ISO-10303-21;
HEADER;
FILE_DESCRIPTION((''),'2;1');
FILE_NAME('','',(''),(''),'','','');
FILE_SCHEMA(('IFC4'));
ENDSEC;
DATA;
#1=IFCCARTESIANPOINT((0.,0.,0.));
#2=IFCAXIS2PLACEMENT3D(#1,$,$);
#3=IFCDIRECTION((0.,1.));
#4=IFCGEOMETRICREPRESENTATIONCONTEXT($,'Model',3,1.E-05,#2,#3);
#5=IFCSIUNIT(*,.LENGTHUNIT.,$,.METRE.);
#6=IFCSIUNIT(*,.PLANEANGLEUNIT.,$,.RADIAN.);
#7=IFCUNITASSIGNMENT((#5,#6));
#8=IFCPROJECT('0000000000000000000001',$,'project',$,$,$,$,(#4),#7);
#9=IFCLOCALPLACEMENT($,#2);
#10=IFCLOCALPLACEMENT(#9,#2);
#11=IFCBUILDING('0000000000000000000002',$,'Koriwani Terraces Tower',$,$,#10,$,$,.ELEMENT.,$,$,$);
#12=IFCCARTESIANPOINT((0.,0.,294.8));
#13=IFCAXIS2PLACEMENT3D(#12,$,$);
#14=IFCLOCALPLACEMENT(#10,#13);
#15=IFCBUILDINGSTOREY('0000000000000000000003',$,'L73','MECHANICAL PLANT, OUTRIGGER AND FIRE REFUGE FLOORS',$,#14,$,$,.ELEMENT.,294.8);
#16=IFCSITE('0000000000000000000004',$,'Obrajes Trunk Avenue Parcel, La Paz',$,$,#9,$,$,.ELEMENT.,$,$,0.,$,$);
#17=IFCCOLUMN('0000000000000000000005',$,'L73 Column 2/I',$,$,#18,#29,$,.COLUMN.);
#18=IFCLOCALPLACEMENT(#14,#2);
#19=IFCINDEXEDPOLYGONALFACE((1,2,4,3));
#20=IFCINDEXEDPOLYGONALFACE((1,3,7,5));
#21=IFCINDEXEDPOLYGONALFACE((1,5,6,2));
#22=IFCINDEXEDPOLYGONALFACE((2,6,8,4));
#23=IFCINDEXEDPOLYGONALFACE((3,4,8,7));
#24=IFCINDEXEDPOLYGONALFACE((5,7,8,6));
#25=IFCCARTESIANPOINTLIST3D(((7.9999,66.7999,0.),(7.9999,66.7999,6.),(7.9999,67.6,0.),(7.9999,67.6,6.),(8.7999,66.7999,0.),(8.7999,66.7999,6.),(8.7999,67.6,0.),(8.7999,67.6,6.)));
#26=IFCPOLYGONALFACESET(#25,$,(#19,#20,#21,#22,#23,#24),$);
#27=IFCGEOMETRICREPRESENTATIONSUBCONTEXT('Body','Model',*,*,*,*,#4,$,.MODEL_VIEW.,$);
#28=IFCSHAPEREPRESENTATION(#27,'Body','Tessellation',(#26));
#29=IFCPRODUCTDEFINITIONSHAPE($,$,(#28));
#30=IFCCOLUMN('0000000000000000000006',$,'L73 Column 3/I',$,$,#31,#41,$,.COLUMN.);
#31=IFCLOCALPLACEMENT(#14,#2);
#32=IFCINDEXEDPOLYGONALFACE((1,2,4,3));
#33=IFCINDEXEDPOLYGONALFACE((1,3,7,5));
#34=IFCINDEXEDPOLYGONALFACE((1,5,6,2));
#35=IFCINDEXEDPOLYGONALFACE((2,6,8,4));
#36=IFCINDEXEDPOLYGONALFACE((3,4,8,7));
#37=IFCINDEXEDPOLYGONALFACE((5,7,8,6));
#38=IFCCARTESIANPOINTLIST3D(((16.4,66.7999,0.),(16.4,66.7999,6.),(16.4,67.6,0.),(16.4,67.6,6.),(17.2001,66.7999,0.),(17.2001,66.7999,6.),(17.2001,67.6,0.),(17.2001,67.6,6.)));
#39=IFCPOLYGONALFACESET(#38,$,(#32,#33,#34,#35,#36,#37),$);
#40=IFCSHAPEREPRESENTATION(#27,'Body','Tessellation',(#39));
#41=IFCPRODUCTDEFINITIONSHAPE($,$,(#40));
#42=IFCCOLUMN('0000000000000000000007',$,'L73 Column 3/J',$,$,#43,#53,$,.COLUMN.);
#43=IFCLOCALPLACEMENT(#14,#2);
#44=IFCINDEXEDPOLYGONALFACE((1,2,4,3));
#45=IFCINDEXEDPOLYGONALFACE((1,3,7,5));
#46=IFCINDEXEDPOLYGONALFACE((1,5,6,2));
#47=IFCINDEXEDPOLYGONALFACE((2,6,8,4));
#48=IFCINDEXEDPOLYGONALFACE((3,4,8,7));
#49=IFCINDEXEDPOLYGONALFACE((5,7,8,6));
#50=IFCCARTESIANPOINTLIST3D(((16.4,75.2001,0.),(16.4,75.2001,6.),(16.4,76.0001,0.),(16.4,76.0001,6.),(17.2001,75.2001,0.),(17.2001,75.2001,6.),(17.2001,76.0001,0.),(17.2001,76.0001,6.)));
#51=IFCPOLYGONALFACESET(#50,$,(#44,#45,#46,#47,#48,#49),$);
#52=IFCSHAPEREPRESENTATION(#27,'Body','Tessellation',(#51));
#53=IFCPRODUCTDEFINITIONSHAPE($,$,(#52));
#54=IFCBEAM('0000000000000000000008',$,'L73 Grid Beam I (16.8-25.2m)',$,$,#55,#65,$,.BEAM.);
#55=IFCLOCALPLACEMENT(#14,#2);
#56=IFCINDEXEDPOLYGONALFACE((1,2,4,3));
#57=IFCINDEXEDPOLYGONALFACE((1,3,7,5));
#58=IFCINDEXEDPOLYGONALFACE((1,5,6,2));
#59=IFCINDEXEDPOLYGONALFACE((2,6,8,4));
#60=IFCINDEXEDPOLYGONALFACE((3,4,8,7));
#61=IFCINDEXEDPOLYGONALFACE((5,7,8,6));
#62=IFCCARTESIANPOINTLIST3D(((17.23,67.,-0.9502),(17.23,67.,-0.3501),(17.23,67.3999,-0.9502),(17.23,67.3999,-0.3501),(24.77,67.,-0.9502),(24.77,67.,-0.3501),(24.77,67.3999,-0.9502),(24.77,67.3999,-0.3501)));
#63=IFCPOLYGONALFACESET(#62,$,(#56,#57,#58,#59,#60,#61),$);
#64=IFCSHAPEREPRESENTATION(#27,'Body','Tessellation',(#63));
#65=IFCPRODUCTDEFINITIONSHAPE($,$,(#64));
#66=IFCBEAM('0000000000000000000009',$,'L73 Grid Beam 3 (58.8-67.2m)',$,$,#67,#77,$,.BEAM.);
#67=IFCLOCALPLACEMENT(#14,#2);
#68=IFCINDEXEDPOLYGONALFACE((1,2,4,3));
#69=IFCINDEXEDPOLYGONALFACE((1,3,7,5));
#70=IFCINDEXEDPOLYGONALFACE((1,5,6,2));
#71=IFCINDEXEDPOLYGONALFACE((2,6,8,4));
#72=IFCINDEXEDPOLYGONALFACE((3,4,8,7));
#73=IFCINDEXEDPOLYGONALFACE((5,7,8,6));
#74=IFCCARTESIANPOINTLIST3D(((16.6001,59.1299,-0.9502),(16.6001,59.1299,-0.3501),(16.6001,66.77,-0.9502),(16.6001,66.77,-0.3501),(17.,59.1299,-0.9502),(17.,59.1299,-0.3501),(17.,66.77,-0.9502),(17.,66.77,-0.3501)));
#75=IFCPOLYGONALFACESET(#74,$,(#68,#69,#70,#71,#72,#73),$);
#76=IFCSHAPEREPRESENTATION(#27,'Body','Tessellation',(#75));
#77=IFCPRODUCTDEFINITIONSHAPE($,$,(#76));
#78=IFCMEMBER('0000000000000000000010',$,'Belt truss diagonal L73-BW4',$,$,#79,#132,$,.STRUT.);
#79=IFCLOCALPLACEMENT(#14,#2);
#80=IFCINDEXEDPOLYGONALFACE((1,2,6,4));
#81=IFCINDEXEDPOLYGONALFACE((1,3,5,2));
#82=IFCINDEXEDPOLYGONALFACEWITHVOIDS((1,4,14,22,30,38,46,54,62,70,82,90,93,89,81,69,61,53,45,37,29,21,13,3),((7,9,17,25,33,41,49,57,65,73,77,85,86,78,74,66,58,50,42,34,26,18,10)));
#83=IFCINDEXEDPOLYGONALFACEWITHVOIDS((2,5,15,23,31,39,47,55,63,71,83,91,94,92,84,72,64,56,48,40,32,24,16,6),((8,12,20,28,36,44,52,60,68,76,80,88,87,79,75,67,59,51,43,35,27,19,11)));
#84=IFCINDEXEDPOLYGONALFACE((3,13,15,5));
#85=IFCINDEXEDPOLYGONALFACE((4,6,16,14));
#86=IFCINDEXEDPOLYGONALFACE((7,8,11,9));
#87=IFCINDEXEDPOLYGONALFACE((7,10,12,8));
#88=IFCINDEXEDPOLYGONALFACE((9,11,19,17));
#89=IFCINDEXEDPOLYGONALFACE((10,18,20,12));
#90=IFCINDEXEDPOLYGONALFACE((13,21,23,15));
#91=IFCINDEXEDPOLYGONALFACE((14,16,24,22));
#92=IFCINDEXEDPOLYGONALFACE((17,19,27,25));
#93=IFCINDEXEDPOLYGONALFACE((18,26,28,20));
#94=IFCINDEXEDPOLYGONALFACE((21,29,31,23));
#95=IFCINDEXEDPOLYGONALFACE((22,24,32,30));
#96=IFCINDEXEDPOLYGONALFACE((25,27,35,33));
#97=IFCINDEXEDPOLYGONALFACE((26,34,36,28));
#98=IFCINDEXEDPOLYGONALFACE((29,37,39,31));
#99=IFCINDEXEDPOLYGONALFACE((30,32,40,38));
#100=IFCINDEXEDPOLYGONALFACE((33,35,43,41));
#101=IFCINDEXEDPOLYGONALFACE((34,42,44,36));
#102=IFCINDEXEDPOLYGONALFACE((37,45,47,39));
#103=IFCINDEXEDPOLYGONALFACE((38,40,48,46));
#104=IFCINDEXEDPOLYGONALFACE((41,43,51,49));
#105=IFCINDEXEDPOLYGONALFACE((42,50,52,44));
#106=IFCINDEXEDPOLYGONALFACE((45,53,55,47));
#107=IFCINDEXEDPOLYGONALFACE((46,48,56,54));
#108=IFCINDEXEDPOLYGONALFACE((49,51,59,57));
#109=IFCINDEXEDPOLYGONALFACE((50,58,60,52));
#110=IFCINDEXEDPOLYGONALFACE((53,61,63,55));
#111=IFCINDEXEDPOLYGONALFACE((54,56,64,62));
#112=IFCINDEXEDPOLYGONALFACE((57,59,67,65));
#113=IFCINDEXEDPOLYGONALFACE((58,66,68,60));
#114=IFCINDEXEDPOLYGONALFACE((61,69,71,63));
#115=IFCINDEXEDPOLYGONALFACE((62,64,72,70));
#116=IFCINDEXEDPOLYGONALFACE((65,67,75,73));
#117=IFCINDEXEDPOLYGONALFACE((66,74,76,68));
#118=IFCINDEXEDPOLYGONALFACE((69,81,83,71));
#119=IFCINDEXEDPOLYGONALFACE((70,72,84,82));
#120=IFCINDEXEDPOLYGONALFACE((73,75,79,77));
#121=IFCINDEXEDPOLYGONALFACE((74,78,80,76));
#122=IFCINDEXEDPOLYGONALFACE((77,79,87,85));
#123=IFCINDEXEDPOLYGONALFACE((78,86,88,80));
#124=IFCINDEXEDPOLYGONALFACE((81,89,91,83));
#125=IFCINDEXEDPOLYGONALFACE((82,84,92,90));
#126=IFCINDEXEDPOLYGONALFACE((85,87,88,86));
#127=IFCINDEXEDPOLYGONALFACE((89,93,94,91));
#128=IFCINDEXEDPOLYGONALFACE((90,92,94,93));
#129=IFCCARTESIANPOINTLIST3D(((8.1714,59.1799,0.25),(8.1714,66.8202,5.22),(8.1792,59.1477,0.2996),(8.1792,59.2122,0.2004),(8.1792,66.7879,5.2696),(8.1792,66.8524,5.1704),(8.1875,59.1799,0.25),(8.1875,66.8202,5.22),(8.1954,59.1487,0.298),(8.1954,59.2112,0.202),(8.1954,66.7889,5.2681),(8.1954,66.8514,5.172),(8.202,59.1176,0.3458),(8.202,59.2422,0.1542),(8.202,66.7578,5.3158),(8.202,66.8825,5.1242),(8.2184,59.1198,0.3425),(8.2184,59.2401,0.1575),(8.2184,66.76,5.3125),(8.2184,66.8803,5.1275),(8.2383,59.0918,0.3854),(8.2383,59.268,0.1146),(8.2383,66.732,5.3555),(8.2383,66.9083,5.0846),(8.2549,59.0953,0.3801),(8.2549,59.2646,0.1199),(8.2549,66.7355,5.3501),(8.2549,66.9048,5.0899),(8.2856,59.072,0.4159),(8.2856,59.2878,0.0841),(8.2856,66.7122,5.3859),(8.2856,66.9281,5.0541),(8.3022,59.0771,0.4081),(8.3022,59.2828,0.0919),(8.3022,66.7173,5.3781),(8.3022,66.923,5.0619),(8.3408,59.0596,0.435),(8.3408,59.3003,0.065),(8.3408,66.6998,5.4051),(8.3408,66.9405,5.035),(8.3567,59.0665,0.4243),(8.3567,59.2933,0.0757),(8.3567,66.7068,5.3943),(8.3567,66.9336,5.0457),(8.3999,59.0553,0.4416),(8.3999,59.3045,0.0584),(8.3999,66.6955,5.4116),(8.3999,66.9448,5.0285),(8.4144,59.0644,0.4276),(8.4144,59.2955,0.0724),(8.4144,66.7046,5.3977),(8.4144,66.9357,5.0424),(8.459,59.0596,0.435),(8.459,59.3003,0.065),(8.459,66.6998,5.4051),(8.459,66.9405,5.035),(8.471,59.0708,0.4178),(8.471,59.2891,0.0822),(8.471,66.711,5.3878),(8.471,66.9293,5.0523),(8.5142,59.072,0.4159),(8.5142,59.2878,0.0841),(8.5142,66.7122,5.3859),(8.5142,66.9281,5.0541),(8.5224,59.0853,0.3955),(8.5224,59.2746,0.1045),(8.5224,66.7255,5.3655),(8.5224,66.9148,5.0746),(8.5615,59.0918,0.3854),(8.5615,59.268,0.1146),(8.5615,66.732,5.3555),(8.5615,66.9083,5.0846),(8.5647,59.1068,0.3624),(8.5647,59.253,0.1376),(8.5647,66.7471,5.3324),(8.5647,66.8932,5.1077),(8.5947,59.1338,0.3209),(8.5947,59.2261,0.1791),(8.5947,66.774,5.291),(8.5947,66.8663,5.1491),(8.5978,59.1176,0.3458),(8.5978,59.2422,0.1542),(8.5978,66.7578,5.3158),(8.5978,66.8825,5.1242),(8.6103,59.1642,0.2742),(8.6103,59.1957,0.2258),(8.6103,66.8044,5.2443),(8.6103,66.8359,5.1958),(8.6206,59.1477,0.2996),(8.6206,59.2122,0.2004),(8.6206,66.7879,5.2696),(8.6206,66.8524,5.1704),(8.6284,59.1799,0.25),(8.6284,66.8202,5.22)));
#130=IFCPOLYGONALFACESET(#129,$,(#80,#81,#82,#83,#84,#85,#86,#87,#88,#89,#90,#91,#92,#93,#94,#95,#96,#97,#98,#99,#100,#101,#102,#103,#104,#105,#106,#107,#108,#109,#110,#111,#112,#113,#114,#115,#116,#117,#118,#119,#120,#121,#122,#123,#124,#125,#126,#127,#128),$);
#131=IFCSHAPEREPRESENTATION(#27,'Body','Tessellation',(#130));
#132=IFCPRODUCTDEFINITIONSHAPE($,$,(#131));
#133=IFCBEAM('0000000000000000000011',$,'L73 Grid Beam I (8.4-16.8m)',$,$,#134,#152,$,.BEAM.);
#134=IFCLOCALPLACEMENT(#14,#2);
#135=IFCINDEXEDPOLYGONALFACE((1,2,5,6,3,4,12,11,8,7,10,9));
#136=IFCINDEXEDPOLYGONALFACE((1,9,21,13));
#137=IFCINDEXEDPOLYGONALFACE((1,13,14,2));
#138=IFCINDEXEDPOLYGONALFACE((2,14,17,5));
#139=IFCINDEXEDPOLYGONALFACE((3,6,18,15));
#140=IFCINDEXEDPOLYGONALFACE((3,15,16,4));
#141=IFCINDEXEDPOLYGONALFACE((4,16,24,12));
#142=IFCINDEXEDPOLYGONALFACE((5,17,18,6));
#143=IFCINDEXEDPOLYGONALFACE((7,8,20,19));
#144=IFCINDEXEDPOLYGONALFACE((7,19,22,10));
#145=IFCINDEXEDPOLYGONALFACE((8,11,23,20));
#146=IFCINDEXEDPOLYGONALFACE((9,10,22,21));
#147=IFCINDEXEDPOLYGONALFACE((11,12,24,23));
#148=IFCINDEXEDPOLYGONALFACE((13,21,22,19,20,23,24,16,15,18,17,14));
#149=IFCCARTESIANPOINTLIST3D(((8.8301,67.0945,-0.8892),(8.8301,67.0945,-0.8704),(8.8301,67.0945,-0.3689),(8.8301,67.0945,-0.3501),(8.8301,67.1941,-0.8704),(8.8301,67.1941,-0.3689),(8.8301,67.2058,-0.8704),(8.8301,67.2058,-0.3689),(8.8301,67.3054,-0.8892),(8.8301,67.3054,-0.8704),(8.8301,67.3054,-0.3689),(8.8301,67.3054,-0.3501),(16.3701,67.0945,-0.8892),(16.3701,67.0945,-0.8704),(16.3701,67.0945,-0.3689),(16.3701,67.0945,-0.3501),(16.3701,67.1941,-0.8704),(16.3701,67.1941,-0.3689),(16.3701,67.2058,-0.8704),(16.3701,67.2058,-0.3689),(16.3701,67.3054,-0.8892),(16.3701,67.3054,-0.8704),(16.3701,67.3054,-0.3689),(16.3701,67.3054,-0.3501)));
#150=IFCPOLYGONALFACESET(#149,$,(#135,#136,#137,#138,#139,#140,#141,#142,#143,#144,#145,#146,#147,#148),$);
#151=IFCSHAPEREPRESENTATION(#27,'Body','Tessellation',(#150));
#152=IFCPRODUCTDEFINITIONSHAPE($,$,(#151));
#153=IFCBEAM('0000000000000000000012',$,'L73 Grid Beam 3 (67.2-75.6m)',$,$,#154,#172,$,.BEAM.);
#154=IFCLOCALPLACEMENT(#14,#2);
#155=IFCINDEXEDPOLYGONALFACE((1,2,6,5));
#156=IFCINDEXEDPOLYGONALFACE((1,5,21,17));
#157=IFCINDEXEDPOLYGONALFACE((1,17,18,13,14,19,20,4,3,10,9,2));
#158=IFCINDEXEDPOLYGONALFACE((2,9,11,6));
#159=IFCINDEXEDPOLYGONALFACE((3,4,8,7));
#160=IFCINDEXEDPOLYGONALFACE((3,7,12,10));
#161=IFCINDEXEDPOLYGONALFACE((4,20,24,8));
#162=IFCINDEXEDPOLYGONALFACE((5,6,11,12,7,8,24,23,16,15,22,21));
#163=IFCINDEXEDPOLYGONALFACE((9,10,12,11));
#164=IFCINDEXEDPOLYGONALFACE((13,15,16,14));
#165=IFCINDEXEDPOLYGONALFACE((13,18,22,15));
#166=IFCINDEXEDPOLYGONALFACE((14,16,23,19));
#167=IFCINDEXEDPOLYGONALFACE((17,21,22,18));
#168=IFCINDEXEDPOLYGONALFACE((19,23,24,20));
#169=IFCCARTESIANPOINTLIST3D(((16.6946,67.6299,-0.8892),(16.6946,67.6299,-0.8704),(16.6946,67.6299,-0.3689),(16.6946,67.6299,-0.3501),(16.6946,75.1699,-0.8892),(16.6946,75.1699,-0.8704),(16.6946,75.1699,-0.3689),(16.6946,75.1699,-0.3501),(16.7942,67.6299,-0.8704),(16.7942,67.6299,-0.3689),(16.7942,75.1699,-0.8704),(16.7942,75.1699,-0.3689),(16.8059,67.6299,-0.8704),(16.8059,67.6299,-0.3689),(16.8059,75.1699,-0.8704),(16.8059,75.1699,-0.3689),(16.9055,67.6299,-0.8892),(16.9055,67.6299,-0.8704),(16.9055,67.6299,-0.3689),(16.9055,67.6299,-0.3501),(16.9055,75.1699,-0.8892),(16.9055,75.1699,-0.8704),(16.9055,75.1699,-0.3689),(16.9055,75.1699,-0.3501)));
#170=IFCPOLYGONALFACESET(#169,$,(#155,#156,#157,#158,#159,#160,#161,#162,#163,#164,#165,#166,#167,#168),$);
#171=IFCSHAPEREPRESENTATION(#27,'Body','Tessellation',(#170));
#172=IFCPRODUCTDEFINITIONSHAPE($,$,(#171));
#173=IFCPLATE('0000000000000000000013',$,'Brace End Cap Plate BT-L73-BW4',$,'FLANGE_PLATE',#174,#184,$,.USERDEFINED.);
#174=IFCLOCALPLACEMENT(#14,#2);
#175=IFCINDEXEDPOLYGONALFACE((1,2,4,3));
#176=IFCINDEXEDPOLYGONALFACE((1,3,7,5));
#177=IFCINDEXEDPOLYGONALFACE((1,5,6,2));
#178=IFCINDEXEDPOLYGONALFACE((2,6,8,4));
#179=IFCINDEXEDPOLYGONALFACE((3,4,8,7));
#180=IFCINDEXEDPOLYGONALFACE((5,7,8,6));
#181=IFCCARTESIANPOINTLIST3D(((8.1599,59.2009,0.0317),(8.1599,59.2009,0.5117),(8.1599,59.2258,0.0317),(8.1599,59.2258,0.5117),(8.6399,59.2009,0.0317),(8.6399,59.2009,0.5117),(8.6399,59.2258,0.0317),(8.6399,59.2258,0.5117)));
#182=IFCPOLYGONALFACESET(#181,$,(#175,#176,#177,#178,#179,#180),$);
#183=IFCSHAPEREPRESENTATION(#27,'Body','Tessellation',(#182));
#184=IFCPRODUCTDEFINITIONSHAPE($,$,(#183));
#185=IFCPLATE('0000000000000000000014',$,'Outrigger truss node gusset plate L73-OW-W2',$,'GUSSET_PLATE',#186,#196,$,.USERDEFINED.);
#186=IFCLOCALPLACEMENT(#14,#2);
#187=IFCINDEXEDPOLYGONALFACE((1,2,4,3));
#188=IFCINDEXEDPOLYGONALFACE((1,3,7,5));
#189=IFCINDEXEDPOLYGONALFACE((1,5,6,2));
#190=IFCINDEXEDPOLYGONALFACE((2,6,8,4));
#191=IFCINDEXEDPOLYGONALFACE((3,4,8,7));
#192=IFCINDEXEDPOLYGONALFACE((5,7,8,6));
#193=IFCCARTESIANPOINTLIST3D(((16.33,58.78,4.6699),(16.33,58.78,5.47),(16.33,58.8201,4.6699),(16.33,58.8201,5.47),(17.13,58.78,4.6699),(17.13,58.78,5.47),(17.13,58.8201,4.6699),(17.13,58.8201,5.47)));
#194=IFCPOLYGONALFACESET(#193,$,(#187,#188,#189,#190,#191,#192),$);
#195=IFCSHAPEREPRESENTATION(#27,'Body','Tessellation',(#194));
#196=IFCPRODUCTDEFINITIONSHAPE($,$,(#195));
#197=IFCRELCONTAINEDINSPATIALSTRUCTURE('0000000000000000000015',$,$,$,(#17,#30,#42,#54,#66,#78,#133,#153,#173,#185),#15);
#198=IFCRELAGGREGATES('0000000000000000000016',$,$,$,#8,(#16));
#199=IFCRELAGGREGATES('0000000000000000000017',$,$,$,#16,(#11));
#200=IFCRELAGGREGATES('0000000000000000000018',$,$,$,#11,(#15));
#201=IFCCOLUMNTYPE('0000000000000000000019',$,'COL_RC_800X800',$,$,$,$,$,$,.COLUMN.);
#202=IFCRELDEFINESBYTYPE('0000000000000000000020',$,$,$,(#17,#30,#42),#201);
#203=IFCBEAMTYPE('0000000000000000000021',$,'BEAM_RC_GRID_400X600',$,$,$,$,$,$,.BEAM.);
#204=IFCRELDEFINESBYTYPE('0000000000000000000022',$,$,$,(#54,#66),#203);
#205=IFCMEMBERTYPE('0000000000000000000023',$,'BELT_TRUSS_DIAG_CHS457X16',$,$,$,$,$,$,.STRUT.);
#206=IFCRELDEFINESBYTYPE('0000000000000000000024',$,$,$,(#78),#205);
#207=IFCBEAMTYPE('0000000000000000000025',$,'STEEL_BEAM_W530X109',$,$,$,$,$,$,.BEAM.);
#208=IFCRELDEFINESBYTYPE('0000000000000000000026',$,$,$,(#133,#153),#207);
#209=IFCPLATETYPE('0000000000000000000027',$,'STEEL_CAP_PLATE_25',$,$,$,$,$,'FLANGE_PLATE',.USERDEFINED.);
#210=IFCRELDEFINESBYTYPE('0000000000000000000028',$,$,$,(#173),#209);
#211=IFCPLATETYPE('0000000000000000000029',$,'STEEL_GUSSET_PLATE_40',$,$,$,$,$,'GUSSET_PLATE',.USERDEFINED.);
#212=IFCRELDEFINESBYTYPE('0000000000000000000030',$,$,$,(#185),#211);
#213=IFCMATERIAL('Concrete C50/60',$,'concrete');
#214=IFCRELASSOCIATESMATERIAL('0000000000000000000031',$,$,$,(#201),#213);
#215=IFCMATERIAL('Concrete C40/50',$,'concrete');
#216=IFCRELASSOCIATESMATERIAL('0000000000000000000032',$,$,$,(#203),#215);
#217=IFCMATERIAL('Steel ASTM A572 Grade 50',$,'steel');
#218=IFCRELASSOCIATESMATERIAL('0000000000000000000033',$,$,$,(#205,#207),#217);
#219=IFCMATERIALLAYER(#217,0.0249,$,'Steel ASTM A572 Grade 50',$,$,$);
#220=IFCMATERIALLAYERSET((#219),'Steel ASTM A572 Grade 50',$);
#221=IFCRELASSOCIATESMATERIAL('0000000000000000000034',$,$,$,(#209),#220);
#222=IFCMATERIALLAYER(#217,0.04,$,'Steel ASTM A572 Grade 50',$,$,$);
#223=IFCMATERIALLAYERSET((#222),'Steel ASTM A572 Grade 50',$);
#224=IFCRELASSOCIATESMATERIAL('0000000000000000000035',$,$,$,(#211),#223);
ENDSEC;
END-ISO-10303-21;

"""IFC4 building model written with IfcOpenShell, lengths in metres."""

from ifc_helpers import new_model, si_unit, direction, frame, origin, origin_2d, place, context, subcontext, project, spatial, rectangle, hollow_circle, i_section, extrude, material, layer, layer_set, material_profile, profile_set, type_object, element, save


model = new_model("IFC4")

# Units and contexts
model_context = context("Model", 3, precision=1e-05, world=origin(), true_north=direction((0.0, 1.0)))
body_context = subcontext(model_context, "Body", "Model", "MODEL_VIEW")
ifc_project = project(units=[si_unit("LENGTHUNIT", "METRE"), si_unit("PLANEANGLEUNIT", "RADIAN")], contexts=[model_context])

# Site, building, storey
site_placement = place(None, origin())
site = spatial("IfcSite", under=ifc_project, at=site_placement, Name="Obrajes Trunk Avenue Parcel, La Paz", CompositionType="ELEMENT", RefElevation=0.0)
building_placement = place(site_placement, origin())
building = spatial("IfcBuilding", under=site, at=building_placement, Name="Koriwani Terraces Tower", CompositionType="ELEMENT")
storey_placement = place(building_placement, frame((0.0, 0.0, 294.8)))
storey = spatial("IfcBuildingStorey", under=building, at=storey_placement, Name="L73", Description="MECHANICAL PLANT, OUTRIGGER AND FIRE REFUGE FLOORS", CompositionType="ELEMENT", Elevation=294.8)

# Columns
ifc_material_1 = material(Name="Concrete C50/60", Category="concrete")
ifc_material_profile_1 = material_profile(ifc_material_1, rectangle(XDim=0.8, YDim=0.8, at=origin_2d()), Name="Concrete C50/60", Category="LoadBearing")
ifc_profile_set_1 = profile_set([ifc_material_profile_1], Name="Concrete C50/60")
column_type = type_object("IfcColumnType", Name="COL_RC_800X800", PredefinedType="COLUMN", material=ifc_profile_set_1)
for number, where, z_axis, x_axis, name in (
    (1, (8.3999, 67.2, 0.0), (0.0, 0.0, 1.0), (1.0, 0.0, 0.0), "L73 Column 2/I"),
    (2, (16.8, 67.2, 0.0), (0.0, 0.0, 1.0), (1.0, 0.0, 0.0), "L73 Column 3/I"),
    (3, (16.8, 75.6001, 0.0), (0.0, 0.0, 1.0), (1.0, 0.0, 0.0), "L73 Column 3/J"),
):
    element("IfcColumn", number, at=place(storey_placement, frame(where, z_axis=z_axis, x_axis=x_axis)), inside=storey, type_object=column_type, Name=name, PredefinedType="COLUMN", context=body_context, shape_type="SweptSolid", body=[
        extrude(rectangle(XDim=0.8, YDim=0.8, at=origin_2d()), origin(), (0.0, 0.0, 1.0), 6.0),
    ])

# Beams
ifc_material_2 = material(Name="Concrete C40/50", Category="concrete")
ifc_material_profile_2 = material_profile(ifc_material_2, rectangle(XDim=0.3999, YDim=0.6001, at=origin_2d()), Name="Concrete C40/50", Category="LoadBearing")
ifc_profile_set_2 = profile_set([ifc_material_profile_2], Name="Concrete C40/50")
beam_type_1 = type_object("IfcBeamType", Name="BEAM_RC_GRID_400X600", PredefinedType="BEAM", material=ifc_profile_set_2)
beam_1_placement = place(storey_placement, frame((17.23, 67.2, -0.6501), z_axis=(1.0, 0.0, 0.0), x_axis=(0.0, 1.0, 0.0)))
element("IfcBeam", 4, at=beam_1_placement, inside=storey, type_object=beam_type_1, Name="L73 Grid Beam I (16.8-25.2m)", PredefinedType="BEAM", context=body_context, shape_type="SweptSolid", body=[
    extrude(rectangle(XDim=0.3999, YDim=0.6001, at=origin_2d()), origin(), (0.0, 0.0, 1.0), 7.54),
])
beam_2_placement = place(storey_placement, frame((16.8, 59.1299, -0.6501), z_axis=(0.0, 1.0, 0.0), x_axis=(-1.0, 0.0, 0.0)))
element("IfcBeam", 5, at=beam_2_placement, inside=storey, type_object=beam_type_1, Name="L73 Grid Beam 3 (58.8-67.2m)", PredefinedType="BEAM", context=body_context, shape_type="SweptSolid", body=[
    extrude(rectangle(XDim=0.3999, YDim=0.6001, at=origin_2d()), origin(), (0.0, 0.0, 1.0), 7.6401),
])

# Member
ifc_material_3 = material(Name="Steel ASTM A572 Grade 50", Category="steel")
ifc_material_profile_3 = material_profile(ifc_material_3, hollow_circle(Radius=0.2285, WallThickness=0.0161, at=origin_2d()), Name="Steel ASTM A572 Grade 50", Category="LoadBearing")
ifc_profile_set_3 = profile_set([ifc_material_profile_3], Name="Steel ASTM A572 Grade 50")
member_type = type_object("IfcMemberType", Name="BELT_TRUSS_DIAG_CHS457X16", PredefinedType="STRUT", material=ifc_profile_set_3)
member_placement = place(storey_placement, frame((8.3999, 59.1799, 0.25), z_axis=(0.0, 0.838249, 0.545288), x_axis=(-1.0, 0.0, 0.0)))
element("IfcMember", 6, at=member_placement, inside=storey, type_object=member_type, Name="Belt truss diagonal L73-BW4", PredefinedType="STRUT", context=body_context, shape_type="SweptSolid", body=[
    extrude(hollow_circle(Radius=0.2285, WallThickness=0.0161, at=origin_2d()), origin(), (0.0, 0.0, 1.0), 9.1145),
])

# Beams
ifc_material_profile_4 = material_profile(ifc_material_3, i_section(OverallWidth=0.2109, OverallDepth=0.5391, WebThickness=0.0117, FlangeThickness=0.0188, at=origin_2d()), Name="Steel ASTM A572 Grade 50", Category="LoadBearing")
ifc_profile_set_4 = profile_set([ifc_material_profile_4], Name="Steel ASTM A572 Grade 50")
beam_type_2 = type_object("IfcBeamType", Name="STEEL_BEAM_W530X109", PredefinedType="BEAM", material=ifc_profile_set_4)
for number, where, z_axis, x_axis, name in (
    (7, (8.8301, 67.2, -0.6196), (1.0, 0.0, 0.0), (0.0, 1.0, 0.0), "L73 Grid Beam I (8.4-16.8m)"),
    (8, (16.8, 67.6299, -0.6196), (0.0, 1.0, 0.0), (-1.0, 0.0, 0.0), "L73 Grid Beam 3 (67.2-75.6m)"),
):
    element("IfcBeam", number, at=place(storey_placement, frame(where, z_axis=z_axis, x_axis=x_axis)), inside=storey, type_object=beam_type_2, Name=name, PredefinedType="BEAM", context=body_context, shape_type="SweptSolid", body=[
        extrude(i_section(OverallWidth=0.2109, OverallDepth=0.5391, WebThickness=0.0117, FlangeThickness=0.0188, at=origin_2d()), origin(), (0.0, 0.0, 1.0), 7.54),
    ])

# Plates
ifc_layer_1 = layer(ifc_material_3, 0.0249, Name="Steel ASTM A572 Grade 50")
ifc_layer_set_1 = layer_set([ifc_layer_1], Name="Steel ASTM A572 Grade 50")
plate_type_1 = type_object("IfcPlateType", Name="STEEL_CAP_PLATE_25", ElementType="FLANGE_PLATE", PredefinedType="USERDEFINED", material=ifc_layer_set_1)
plate_1_placement = place(storey_placement, frame((8.3999, 59.2134, 0.0317), z_axis=(0.0, 0.0, 1.0), x_axis=(0.0, 1.0, 0.0)))
element("IfcPlate", 9, at=plate_1_placement, inside=storey, type_object=plate_type_1, Name="Brace End Cap Plate BT-L73-BW4", ObjectType="FLANGE_PLATE", PredefinedType="USERDEFINED", context=body_context, shape_type="SweptSolid", body=[
    extrude(rectangle(XDim=0.0249, YDim=0.48, at=origin_2d()), origin(), (0.0, 0.0, 1.0), 0.48),
])
ifc_layer_2 = layer(ifc_material_3, 0.04, Name="Steel ASTM A572 Grade 50")
ifc_layer_set_2 = layer_set([ifc_layer_2], Name="Steel ASTM A572 Grade 50")
plate_type_2 = type_object("IfcPlateType", Name="STEEL_GUSSET_PLATE_40", ElementType="GUSSET_PLATE", PredefinedType="USERDEFINED", material=ifc_layer_set_2)
plate_2_placement = place(storey_placement, frame((16.73, 58.8, 4.6699), z_axis=(0.0, 0.0, 1.0), x_axis=(1.0, 0.0, 0.0)))
element("IfcPlate", 10, at=plate_2_placement, inside=storey, type_object=plate_type_2, Name="Outrigger truss node gusset plate L73-OW-W2", ObjectType="GUSSET_PLATE", PredefinedType="USERDEFINED", context=body_context, shape_type="SweptSolid", body=[
    extrude(rectangle(XDim=0.8, YDim=0.04, at=origin_2d()), origin(), (0.0, 0.0, 1.0), 0.8),
])

save(model, "model.ifc")
